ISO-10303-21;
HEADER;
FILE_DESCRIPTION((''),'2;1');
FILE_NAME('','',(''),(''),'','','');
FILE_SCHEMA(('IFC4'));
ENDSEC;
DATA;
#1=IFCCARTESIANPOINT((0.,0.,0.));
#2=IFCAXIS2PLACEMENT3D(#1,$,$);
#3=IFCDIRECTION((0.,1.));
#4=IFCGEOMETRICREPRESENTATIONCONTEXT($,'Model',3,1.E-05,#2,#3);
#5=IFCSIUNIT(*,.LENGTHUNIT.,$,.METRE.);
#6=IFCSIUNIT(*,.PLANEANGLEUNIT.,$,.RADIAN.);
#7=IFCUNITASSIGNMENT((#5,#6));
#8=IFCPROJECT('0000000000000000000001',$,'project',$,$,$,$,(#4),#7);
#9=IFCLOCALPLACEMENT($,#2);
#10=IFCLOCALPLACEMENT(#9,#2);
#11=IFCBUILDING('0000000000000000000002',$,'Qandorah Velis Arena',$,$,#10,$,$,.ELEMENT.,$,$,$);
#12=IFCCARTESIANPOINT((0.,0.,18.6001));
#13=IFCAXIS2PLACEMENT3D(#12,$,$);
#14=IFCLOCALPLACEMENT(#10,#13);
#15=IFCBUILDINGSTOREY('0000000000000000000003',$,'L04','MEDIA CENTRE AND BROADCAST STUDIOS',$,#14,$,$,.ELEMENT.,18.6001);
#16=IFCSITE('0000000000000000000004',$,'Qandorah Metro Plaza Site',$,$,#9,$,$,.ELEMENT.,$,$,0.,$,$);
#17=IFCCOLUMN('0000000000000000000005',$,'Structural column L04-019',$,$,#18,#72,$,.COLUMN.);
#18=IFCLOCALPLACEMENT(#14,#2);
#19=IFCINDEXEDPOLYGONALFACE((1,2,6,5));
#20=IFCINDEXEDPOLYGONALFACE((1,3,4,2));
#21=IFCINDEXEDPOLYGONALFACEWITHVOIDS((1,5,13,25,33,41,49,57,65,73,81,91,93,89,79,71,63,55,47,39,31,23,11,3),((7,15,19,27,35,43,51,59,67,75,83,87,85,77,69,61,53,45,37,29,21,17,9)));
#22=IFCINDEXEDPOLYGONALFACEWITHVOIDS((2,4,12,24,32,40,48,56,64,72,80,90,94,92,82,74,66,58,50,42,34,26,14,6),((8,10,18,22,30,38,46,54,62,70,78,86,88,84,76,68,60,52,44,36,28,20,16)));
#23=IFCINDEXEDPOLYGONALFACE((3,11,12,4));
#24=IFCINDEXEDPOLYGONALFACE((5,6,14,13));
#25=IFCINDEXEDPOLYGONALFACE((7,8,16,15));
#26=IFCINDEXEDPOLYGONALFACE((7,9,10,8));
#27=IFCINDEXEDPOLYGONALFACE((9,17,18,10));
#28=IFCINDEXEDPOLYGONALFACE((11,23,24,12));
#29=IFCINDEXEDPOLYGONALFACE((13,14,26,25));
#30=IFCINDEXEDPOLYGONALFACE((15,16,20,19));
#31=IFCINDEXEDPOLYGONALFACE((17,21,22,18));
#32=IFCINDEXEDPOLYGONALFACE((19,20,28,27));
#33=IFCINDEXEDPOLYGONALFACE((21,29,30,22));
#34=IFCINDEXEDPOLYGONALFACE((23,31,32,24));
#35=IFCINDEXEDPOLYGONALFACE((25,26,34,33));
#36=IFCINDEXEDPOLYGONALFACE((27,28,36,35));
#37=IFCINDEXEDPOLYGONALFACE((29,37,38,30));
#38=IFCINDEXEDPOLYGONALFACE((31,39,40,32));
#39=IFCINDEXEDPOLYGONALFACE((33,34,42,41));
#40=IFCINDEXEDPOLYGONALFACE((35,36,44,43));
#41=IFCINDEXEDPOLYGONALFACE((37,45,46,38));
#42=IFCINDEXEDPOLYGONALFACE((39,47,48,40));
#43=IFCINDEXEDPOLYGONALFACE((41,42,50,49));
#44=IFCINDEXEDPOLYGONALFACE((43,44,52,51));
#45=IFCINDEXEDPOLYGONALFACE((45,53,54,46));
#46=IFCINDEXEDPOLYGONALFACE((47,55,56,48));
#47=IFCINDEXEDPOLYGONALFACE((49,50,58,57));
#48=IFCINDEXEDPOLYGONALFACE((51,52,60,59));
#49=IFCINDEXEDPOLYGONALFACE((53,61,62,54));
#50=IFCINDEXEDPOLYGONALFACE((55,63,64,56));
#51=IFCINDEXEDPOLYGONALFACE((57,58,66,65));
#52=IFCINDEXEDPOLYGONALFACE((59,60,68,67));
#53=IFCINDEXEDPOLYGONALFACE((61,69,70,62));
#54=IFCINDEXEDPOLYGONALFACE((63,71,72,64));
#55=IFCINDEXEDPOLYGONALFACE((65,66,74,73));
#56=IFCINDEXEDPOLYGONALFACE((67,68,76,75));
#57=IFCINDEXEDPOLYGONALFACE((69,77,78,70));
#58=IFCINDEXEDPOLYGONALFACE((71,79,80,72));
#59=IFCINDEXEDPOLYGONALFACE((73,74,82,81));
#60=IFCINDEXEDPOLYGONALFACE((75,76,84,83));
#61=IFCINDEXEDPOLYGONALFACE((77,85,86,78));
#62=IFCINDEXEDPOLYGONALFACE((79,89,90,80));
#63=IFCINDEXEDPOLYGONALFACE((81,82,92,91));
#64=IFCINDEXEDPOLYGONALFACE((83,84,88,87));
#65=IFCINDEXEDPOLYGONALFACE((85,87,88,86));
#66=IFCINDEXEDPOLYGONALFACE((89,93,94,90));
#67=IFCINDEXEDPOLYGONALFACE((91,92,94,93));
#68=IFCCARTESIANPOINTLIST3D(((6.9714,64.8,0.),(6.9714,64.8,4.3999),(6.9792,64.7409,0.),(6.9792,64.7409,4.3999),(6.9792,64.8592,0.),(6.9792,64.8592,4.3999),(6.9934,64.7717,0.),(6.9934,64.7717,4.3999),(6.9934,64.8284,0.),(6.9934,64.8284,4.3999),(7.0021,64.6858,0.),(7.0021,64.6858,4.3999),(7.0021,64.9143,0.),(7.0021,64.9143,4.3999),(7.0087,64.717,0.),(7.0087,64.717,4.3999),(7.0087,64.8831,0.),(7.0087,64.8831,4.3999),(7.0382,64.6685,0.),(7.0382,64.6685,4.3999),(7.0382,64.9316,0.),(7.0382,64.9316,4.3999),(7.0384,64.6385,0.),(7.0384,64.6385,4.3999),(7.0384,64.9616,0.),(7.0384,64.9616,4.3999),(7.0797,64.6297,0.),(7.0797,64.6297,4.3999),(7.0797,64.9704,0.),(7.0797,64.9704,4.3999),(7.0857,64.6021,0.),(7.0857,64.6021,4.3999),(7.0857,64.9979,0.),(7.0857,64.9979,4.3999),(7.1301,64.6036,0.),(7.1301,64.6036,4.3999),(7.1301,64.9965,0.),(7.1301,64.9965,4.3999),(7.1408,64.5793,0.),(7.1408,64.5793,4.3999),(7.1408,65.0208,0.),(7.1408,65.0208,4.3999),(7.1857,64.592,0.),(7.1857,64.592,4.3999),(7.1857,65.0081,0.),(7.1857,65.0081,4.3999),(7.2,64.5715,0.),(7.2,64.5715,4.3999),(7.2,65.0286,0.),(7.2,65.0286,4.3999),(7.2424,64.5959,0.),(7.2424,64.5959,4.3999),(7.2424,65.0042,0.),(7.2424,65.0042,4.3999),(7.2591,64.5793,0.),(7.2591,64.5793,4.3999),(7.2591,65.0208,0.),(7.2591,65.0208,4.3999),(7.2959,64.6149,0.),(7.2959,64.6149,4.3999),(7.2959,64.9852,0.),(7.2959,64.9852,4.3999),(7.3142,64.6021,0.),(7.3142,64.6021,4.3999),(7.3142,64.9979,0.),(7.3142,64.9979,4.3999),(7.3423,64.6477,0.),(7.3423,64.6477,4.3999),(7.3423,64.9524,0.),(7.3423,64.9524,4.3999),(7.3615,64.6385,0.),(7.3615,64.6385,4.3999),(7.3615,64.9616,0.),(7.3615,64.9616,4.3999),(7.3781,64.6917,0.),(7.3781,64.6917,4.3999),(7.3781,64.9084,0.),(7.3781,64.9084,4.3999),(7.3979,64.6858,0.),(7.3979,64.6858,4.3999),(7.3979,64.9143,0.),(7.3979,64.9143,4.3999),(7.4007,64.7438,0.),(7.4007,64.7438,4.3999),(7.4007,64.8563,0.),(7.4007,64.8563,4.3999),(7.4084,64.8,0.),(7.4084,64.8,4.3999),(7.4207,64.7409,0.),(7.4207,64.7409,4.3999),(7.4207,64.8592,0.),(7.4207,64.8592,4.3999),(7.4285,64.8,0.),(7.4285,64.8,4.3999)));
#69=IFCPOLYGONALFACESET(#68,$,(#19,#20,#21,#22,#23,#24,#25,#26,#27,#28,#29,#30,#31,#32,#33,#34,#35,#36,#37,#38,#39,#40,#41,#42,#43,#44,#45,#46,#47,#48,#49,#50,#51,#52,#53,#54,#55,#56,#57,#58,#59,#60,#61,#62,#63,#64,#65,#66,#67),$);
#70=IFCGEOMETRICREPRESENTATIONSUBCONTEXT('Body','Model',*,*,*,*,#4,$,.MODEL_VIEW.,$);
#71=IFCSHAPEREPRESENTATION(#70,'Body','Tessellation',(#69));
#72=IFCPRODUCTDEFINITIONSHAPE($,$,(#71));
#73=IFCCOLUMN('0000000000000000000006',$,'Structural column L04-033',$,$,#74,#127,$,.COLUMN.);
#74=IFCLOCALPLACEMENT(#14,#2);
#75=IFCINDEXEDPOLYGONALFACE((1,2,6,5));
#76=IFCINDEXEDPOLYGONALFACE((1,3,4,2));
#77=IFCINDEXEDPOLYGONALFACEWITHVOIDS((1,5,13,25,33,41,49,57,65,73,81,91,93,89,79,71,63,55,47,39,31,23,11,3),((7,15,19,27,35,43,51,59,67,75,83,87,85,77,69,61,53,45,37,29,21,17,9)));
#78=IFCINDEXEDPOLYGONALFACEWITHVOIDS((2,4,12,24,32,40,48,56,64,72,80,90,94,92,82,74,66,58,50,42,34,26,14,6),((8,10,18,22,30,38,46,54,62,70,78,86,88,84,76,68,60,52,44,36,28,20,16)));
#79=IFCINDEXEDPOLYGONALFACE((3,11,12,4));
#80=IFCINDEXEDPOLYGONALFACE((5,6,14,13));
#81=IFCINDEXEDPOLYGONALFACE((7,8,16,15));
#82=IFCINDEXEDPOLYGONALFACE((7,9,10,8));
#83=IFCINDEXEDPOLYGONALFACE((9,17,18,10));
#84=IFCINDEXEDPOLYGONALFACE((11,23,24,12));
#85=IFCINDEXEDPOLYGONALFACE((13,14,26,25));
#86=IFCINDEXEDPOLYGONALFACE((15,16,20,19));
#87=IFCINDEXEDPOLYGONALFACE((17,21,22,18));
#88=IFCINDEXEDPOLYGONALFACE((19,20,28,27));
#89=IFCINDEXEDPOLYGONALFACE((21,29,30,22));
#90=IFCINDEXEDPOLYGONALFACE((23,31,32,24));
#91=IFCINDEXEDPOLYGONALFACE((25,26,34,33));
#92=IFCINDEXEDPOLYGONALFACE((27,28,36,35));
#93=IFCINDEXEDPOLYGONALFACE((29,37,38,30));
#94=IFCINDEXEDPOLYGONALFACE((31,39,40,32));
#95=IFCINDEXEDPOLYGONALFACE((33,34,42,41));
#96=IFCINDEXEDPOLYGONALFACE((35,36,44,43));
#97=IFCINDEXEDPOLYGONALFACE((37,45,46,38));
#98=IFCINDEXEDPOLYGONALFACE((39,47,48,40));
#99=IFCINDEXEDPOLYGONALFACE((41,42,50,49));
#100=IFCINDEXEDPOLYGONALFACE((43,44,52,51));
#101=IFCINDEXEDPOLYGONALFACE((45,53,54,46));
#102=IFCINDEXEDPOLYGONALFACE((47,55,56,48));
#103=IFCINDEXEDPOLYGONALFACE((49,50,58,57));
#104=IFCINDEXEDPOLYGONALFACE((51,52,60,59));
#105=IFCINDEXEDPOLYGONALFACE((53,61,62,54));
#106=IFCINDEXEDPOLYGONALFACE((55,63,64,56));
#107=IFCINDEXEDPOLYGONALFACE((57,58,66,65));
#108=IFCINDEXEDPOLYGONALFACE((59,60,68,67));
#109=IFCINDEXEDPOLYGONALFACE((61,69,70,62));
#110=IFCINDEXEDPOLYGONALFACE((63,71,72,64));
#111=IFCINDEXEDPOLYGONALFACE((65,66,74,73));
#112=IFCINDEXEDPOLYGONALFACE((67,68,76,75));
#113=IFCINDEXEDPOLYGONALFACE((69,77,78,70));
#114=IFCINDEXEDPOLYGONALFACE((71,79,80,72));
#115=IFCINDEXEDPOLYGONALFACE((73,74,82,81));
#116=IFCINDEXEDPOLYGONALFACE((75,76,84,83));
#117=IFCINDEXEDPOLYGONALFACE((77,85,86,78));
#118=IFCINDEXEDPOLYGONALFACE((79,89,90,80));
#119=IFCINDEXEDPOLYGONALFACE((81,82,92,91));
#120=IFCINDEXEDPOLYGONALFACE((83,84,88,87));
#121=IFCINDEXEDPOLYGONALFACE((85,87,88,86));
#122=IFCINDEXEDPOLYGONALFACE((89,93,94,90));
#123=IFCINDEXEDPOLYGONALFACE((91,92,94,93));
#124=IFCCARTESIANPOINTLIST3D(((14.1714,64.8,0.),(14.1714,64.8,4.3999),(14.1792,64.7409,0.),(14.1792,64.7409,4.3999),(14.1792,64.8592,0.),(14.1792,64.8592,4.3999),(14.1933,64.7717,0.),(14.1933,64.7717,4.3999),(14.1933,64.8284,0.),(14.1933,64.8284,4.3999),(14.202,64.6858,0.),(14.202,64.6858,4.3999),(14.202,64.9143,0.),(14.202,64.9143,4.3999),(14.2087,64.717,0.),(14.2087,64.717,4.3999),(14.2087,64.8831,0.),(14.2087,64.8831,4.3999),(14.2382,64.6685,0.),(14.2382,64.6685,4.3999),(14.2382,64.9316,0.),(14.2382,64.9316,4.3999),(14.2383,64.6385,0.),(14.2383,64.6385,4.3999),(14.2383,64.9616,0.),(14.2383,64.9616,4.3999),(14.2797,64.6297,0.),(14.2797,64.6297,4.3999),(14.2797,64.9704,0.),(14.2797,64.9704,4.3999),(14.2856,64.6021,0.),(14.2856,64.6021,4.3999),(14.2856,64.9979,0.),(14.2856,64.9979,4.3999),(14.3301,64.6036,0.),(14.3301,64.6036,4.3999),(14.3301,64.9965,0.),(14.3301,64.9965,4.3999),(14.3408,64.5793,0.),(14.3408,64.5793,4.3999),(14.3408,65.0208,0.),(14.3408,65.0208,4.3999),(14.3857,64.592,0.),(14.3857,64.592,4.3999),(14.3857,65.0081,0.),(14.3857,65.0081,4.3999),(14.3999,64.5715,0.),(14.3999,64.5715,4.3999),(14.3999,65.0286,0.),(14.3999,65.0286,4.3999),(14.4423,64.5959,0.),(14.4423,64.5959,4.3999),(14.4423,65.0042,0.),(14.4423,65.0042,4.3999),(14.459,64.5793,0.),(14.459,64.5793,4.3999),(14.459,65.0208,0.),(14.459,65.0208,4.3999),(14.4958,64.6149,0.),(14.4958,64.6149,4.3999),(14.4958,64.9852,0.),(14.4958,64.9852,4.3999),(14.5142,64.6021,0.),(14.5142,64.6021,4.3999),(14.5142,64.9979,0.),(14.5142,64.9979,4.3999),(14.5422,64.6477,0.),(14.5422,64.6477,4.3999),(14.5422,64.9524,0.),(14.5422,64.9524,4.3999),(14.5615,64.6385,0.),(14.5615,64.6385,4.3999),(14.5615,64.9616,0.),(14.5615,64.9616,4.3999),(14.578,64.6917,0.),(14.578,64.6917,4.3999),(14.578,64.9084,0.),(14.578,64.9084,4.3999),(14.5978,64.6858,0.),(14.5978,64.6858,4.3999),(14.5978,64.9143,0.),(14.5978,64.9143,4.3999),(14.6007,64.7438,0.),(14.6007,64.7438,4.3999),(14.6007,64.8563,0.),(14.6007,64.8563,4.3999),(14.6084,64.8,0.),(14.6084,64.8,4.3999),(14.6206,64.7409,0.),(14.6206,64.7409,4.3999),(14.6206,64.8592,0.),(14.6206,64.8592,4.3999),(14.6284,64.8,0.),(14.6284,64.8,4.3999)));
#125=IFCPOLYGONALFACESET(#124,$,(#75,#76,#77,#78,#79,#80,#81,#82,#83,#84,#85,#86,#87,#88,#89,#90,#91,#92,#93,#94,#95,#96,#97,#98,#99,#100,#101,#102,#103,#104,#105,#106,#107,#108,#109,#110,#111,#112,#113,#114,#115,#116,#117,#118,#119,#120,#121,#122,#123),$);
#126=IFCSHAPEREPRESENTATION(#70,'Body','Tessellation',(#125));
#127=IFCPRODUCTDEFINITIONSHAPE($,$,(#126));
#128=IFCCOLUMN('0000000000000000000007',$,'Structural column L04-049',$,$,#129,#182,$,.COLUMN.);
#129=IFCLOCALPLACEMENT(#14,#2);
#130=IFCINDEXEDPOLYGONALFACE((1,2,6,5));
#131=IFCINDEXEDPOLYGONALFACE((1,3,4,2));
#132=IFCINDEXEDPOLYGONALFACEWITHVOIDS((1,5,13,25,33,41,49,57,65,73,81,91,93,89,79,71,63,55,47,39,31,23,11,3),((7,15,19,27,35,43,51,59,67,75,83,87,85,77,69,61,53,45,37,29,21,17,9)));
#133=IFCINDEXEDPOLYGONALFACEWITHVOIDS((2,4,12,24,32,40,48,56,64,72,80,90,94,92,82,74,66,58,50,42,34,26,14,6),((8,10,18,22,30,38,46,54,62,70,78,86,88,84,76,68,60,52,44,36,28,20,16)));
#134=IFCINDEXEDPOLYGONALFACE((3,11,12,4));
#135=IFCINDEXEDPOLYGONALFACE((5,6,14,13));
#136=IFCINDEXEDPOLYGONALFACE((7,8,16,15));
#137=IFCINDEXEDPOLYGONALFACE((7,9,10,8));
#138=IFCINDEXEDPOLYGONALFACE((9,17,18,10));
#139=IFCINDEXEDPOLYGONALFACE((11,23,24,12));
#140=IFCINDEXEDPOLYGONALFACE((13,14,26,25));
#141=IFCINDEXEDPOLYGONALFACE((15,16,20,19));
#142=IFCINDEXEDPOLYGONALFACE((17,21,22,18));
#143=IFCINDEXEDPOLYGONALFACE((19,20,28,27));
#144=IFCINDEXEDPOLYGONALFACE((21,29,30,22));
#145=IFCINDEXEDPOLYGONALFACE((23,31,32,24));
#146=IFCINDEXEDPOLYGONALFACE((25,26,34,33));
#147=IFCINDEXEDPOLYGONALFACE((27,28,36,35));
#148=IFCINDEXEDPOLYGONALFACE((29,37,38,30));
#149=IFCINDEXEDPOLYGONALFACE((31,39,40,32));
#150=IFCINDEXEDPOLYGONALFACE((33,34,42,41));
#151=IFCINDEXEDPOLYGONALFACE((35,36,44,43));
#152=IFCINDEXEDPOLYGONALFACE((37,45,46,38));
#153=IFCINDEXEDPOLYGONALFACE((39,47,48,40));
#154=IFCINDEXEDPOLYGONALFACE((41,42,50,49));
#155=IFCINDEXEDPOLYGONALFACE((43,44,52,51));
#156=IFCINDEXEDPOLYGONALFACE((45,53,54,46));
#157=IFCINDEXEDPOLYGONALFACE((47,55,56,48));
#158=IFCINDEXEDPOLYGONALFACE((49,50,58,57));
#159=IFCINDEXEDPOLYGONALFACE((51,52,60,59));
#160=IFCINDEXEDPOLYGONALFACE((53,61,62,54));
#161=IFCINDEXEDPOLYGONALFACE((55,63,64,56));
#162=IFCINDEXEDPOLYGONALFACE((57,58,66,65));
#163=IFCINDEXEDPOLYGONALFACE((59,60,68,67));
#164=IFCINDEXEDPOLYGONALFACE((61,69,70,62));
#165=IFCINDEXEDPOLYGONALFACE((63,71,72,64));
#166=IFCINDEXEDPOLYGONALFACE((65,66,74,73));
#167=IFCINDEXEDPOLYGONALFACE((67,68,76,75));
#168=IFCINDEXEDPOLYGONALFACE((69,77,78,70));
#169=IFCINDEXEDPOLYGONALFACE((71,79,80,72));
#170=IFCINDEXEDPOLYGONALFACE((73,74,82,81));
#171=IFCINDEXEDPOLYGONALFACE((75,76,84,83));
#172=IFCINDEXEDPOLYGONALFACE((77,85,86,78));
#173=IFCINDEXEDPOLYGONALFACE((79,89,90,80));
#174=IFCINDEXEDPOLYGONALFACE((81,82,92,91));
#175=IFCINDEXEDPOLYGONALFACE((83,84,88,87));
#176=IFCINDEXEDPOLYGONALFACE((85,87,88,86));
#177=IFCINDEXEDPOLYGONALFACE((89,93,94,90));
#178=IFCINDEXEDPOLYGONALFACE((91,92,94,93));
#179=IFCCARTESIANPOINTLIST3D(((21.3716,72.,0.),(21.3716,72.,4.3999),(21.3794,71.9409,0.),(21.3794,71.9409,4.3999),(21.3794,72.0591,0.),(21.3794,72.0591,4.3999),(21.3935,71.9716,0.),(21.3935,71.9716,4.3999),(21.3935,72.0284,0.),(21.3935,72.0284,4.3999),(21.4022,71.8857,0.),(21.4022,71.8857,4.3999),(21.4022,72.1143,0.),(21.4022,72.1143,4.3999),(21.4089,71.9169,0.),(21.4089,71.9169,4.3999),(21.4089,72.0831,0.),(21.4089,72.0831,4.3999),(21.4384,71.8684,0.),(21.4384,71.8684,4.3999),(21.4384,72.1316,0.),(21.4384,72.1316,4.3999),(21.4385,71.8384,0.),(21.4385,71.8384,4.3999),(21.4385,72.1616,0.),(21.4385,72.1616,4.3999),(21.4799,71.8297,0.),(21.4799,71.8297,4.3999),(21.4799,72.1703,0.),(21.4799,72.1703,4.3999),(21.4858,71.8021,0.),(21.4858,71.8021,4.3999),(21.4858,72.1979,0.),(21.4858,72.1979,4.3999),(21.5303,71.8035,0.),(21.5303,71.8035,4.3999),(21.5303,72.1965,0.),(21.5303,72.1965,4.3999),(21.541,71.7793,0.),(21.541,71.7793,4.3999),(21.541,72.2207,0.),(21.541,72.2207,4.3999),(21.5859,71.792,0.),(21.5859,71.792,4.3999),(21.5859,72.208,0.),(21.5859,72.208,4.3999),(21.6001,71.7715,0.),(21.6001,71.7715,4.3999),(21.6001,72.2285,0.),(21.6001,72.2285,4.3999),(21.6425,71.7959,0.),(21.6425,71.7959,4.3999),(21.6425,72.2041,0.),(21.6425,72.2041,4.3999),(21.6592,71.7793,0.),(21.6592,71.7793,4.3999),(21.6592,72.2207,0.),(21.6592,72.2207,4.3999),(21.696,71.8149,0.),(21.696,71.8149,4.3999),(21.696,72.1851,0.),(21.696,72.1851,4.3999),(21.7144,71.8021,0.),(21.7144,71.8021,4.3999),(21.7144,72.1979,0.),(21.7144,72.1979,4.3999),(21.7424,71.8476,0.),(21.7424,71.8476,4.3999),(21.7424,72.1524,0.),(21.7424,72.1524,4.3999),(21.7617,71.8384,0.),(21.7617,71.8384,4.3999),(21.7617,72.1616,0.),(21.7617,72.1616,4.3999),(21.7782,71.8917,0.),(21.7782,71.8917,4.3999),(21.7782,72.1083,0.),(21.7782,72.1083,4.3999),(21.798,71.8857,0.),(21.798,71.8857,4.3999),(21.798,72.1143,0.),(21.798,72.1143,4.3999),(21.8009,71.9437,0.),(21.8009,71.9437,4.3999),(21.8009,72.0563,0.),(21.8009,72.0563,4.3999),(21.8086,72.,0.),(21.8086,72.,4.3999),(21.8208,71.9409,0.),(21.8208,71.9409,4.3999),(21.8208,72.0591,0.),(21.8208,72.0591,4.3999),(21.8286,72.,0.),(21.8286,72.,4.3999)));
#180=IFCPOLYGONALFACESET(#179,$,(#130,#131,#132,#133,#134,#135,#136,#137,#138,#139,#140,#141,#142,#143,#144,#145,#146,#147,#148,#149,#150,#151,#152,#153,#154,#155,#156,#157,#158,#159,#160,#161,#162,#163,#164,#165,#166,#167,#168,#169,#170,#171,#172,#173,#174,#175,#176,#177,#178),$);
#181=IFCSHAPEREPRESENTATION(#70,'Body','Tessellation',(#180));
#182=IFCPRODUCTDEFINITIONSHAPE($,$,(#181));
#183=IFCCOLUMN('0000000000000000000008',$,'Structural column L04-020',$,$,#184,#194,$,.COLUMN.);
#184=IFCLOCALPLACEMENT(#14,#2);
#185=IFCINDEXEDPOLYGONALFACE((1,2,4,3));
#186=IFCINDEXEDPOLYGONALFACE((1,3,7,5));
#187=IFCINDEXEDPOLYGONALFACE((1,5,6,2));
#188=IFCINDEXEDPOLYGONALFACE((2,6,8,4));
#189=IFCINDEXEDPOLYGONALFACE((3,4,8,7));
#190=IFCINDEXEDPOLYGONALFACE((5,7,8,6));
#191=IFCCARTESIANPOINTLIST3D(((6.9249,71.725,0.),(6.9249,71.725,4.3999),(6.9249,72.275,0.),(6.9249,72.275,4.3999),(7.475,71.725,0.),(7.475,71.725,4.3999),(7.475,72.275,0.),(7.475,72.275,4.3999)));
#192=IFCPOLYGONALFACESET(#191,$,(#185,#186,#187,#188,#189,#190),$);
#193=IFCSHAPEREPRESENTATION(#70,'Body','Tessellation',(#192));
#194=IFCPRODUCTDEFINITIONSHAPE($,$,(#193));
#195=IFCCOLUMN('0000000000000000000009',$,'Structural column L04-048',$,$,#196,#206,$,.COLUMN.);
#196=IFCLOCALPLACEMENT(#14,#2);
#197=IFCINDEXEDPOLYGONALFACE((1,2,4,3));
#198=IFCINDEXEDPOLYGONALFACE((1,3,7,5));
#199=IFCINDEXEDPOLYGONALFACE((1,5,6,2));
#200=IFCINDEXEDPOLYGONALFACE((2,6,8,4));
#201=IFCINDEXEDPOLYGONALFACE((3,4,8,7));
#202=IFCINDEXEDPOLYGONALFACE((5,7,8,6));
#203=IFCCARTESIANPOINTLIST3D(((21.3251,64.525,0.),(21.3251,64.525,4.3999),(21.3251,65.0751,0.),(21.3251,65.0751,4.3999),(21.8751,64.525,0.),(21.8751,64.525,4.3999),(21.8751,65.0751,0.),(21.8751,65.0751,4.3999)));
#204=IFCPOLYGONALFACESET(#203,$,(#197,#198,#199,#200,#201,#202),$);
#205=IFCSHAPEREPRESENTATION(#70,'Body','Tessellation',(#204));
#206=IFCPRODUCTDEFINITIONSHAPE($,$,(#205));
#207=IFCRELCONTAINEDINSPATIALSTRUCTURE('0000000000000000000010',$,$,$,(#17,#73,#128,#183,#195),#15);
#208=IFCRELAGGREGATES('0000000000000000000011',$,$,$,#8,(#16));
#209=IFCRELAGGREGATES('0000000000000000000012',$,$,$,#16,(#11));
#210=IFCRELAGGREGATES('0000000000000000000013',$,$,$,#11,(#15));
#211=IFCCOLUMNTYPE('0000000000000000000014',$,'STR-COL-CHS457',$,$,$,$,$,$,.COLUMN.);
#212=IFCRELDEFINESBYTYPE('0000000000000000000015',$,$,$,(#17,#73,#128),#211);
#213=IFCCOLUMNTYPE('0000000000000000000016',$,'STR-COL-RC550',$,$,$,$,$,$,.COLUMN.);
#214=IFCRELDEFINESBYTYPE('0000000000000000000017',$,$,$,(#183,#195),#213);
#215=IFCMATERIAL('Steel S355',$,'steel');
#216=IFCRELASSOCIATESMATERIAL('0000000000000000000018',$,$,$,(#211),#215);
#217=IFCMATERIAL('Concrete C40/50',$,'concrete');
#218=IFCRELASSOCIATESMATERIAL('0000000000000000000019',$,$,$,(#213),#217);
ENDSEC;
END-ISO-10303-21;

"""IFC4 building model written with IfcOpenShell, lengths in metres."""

from ifc_helpers import new_model, si_unit, direction, frame, origin, origin_2d, place, context, subcontext, project, spatial, rectangle, hollow_circle, extrude, material, material_profile, profile_set, type_object, element, save


model = new_model("IFC4")

# Units and contexts
model_context = context("Model", 3, precision=1e-05, world=origin(), true_north=direction((0.0, 1.0)))
body_context = subcontext(model_context, "Body", "Model", "MODEL_VIEW")
ifc_project = project(units=[si_unit("LENGTHUNIT", "METRE"), si_unit("PLANEANGLEUNIT", "RADIAN")], contexts=[model_context])

# Site, building, storey
site_placement = place(None, origin())
site = spatial("IfcSite", under=ifc_project, at=site_placement, Name="Qandorah Metro Plaza Site", CompositionType="ELEMENT", RefElevation=0.0)
building_placement = place(site_placement, origin())
building = spatial("IfcBuilding", under=site, at=building_placement, Name="Qandorah Velis Arena", CompositionType="ELEMENT")
storey_placement = place(building_placement, frame((0.0, 0.0, 18.6001)))
storey = spatial("IfcBuildingStorey", under=building, at=storey_placement, Name="L04", Description="MEDIA CENTRE AND BROADCAST STUDIOS", CompositionType="ELEMENT", Elevation=18.6001)

# Columns
ifc_material_1 = material(Name="Steel S355", Category="steel")
ifc_material_profile_1 = material_profile(ifc_material_1, hollow_circle(Radius=0.2285, WallThickness=0.02, at=origin_2d()), Name="CHS 457x20")
ifc_profile_set_1 = profile_set([ifc_material_profile_1], Name="Steel S355")
column_type_1 = type_object("IfcColumnType", Name="STR-COL-CHS457", PredefinedType="COLUMN", material=ifc_profile_set_1)
for number, where, z_axis, x_axis, name in (
    (1, (7.2, 64.8, 0.0), (0.0, 0.0, 1.0), (1.0, 0.0, 0.0), "Structural column L04-019"),
    (2, (14.3999, 64.8, 0.0), (0.0, 0.0, 1.0), (1.0, 0.0, 0.0), "Structural column L04-033"),
    (3, (21.6001, 72.0, 0.0), (0.0, 0.0, 1.0), (1.0, 0.0, 0.0), "Structural column L04-049"),
):
    element("IfcColumn", number, at=place(storey_placement, frame(where, z_axis=z_axis, x_axis=x_axis)), inside=storey, type_object=column_type_1, Name=name, PredefinedType="COLUMN", context=body_context, shape_type="SweptSolid", body=[
        extrude(hollow_circle(Radius=0.2285, WallThickness=0.02, at=origin_2d()), origin(), (0.0, 0.0, 1.0), 4.3999),
    ])
ifc_material_2 = material(Name="Concrete C40/50", Category="concrete")
ifc_material_profile_2 = material_profile(ifc_material_2, rectangle(XDim=0.55, YDim=0.55, at=origin_2d()), Name="RC COL 550x550")
ifc_profile_set_2 = profile_set([ifc_material_profile_2], Name="Concrete C40/50")
column_type_2 = type_object("IfcColumnType", Name="STR-COL-RC550", PredefinedType="COLUMN", material=ifc_profile_set_2)
for number, where, z_axis, x_axis, name in (
    (4, (7.2, 72.0, 0.0), (0.0, 0.0, 1.0), (1.0, 0.0, 0.0), "Structural column L04-020"),
    (5, (21.6001, 64.8, 0.0), (0.0, 0.0, 1.0), (1.0, 0.0, 0.0), "Structural column L04-048"),
):
    element("IfcColumn", number, at=place(storey_placement, frame(where, z_axis=z_axis, x_axis=x_axis)), inside=storey, type_object=column_type_2, Name=name, PredefinedType="COLUMN", context=body_context, shape_type="SweptSolid", body=[
        extrude(rectangle(XDim=0.55, YDim=0.55, at=origin_2d()), origin(), (0.0, 0.0, 1.0), 4.3999),
    ])

save(model, "model.ifc")
